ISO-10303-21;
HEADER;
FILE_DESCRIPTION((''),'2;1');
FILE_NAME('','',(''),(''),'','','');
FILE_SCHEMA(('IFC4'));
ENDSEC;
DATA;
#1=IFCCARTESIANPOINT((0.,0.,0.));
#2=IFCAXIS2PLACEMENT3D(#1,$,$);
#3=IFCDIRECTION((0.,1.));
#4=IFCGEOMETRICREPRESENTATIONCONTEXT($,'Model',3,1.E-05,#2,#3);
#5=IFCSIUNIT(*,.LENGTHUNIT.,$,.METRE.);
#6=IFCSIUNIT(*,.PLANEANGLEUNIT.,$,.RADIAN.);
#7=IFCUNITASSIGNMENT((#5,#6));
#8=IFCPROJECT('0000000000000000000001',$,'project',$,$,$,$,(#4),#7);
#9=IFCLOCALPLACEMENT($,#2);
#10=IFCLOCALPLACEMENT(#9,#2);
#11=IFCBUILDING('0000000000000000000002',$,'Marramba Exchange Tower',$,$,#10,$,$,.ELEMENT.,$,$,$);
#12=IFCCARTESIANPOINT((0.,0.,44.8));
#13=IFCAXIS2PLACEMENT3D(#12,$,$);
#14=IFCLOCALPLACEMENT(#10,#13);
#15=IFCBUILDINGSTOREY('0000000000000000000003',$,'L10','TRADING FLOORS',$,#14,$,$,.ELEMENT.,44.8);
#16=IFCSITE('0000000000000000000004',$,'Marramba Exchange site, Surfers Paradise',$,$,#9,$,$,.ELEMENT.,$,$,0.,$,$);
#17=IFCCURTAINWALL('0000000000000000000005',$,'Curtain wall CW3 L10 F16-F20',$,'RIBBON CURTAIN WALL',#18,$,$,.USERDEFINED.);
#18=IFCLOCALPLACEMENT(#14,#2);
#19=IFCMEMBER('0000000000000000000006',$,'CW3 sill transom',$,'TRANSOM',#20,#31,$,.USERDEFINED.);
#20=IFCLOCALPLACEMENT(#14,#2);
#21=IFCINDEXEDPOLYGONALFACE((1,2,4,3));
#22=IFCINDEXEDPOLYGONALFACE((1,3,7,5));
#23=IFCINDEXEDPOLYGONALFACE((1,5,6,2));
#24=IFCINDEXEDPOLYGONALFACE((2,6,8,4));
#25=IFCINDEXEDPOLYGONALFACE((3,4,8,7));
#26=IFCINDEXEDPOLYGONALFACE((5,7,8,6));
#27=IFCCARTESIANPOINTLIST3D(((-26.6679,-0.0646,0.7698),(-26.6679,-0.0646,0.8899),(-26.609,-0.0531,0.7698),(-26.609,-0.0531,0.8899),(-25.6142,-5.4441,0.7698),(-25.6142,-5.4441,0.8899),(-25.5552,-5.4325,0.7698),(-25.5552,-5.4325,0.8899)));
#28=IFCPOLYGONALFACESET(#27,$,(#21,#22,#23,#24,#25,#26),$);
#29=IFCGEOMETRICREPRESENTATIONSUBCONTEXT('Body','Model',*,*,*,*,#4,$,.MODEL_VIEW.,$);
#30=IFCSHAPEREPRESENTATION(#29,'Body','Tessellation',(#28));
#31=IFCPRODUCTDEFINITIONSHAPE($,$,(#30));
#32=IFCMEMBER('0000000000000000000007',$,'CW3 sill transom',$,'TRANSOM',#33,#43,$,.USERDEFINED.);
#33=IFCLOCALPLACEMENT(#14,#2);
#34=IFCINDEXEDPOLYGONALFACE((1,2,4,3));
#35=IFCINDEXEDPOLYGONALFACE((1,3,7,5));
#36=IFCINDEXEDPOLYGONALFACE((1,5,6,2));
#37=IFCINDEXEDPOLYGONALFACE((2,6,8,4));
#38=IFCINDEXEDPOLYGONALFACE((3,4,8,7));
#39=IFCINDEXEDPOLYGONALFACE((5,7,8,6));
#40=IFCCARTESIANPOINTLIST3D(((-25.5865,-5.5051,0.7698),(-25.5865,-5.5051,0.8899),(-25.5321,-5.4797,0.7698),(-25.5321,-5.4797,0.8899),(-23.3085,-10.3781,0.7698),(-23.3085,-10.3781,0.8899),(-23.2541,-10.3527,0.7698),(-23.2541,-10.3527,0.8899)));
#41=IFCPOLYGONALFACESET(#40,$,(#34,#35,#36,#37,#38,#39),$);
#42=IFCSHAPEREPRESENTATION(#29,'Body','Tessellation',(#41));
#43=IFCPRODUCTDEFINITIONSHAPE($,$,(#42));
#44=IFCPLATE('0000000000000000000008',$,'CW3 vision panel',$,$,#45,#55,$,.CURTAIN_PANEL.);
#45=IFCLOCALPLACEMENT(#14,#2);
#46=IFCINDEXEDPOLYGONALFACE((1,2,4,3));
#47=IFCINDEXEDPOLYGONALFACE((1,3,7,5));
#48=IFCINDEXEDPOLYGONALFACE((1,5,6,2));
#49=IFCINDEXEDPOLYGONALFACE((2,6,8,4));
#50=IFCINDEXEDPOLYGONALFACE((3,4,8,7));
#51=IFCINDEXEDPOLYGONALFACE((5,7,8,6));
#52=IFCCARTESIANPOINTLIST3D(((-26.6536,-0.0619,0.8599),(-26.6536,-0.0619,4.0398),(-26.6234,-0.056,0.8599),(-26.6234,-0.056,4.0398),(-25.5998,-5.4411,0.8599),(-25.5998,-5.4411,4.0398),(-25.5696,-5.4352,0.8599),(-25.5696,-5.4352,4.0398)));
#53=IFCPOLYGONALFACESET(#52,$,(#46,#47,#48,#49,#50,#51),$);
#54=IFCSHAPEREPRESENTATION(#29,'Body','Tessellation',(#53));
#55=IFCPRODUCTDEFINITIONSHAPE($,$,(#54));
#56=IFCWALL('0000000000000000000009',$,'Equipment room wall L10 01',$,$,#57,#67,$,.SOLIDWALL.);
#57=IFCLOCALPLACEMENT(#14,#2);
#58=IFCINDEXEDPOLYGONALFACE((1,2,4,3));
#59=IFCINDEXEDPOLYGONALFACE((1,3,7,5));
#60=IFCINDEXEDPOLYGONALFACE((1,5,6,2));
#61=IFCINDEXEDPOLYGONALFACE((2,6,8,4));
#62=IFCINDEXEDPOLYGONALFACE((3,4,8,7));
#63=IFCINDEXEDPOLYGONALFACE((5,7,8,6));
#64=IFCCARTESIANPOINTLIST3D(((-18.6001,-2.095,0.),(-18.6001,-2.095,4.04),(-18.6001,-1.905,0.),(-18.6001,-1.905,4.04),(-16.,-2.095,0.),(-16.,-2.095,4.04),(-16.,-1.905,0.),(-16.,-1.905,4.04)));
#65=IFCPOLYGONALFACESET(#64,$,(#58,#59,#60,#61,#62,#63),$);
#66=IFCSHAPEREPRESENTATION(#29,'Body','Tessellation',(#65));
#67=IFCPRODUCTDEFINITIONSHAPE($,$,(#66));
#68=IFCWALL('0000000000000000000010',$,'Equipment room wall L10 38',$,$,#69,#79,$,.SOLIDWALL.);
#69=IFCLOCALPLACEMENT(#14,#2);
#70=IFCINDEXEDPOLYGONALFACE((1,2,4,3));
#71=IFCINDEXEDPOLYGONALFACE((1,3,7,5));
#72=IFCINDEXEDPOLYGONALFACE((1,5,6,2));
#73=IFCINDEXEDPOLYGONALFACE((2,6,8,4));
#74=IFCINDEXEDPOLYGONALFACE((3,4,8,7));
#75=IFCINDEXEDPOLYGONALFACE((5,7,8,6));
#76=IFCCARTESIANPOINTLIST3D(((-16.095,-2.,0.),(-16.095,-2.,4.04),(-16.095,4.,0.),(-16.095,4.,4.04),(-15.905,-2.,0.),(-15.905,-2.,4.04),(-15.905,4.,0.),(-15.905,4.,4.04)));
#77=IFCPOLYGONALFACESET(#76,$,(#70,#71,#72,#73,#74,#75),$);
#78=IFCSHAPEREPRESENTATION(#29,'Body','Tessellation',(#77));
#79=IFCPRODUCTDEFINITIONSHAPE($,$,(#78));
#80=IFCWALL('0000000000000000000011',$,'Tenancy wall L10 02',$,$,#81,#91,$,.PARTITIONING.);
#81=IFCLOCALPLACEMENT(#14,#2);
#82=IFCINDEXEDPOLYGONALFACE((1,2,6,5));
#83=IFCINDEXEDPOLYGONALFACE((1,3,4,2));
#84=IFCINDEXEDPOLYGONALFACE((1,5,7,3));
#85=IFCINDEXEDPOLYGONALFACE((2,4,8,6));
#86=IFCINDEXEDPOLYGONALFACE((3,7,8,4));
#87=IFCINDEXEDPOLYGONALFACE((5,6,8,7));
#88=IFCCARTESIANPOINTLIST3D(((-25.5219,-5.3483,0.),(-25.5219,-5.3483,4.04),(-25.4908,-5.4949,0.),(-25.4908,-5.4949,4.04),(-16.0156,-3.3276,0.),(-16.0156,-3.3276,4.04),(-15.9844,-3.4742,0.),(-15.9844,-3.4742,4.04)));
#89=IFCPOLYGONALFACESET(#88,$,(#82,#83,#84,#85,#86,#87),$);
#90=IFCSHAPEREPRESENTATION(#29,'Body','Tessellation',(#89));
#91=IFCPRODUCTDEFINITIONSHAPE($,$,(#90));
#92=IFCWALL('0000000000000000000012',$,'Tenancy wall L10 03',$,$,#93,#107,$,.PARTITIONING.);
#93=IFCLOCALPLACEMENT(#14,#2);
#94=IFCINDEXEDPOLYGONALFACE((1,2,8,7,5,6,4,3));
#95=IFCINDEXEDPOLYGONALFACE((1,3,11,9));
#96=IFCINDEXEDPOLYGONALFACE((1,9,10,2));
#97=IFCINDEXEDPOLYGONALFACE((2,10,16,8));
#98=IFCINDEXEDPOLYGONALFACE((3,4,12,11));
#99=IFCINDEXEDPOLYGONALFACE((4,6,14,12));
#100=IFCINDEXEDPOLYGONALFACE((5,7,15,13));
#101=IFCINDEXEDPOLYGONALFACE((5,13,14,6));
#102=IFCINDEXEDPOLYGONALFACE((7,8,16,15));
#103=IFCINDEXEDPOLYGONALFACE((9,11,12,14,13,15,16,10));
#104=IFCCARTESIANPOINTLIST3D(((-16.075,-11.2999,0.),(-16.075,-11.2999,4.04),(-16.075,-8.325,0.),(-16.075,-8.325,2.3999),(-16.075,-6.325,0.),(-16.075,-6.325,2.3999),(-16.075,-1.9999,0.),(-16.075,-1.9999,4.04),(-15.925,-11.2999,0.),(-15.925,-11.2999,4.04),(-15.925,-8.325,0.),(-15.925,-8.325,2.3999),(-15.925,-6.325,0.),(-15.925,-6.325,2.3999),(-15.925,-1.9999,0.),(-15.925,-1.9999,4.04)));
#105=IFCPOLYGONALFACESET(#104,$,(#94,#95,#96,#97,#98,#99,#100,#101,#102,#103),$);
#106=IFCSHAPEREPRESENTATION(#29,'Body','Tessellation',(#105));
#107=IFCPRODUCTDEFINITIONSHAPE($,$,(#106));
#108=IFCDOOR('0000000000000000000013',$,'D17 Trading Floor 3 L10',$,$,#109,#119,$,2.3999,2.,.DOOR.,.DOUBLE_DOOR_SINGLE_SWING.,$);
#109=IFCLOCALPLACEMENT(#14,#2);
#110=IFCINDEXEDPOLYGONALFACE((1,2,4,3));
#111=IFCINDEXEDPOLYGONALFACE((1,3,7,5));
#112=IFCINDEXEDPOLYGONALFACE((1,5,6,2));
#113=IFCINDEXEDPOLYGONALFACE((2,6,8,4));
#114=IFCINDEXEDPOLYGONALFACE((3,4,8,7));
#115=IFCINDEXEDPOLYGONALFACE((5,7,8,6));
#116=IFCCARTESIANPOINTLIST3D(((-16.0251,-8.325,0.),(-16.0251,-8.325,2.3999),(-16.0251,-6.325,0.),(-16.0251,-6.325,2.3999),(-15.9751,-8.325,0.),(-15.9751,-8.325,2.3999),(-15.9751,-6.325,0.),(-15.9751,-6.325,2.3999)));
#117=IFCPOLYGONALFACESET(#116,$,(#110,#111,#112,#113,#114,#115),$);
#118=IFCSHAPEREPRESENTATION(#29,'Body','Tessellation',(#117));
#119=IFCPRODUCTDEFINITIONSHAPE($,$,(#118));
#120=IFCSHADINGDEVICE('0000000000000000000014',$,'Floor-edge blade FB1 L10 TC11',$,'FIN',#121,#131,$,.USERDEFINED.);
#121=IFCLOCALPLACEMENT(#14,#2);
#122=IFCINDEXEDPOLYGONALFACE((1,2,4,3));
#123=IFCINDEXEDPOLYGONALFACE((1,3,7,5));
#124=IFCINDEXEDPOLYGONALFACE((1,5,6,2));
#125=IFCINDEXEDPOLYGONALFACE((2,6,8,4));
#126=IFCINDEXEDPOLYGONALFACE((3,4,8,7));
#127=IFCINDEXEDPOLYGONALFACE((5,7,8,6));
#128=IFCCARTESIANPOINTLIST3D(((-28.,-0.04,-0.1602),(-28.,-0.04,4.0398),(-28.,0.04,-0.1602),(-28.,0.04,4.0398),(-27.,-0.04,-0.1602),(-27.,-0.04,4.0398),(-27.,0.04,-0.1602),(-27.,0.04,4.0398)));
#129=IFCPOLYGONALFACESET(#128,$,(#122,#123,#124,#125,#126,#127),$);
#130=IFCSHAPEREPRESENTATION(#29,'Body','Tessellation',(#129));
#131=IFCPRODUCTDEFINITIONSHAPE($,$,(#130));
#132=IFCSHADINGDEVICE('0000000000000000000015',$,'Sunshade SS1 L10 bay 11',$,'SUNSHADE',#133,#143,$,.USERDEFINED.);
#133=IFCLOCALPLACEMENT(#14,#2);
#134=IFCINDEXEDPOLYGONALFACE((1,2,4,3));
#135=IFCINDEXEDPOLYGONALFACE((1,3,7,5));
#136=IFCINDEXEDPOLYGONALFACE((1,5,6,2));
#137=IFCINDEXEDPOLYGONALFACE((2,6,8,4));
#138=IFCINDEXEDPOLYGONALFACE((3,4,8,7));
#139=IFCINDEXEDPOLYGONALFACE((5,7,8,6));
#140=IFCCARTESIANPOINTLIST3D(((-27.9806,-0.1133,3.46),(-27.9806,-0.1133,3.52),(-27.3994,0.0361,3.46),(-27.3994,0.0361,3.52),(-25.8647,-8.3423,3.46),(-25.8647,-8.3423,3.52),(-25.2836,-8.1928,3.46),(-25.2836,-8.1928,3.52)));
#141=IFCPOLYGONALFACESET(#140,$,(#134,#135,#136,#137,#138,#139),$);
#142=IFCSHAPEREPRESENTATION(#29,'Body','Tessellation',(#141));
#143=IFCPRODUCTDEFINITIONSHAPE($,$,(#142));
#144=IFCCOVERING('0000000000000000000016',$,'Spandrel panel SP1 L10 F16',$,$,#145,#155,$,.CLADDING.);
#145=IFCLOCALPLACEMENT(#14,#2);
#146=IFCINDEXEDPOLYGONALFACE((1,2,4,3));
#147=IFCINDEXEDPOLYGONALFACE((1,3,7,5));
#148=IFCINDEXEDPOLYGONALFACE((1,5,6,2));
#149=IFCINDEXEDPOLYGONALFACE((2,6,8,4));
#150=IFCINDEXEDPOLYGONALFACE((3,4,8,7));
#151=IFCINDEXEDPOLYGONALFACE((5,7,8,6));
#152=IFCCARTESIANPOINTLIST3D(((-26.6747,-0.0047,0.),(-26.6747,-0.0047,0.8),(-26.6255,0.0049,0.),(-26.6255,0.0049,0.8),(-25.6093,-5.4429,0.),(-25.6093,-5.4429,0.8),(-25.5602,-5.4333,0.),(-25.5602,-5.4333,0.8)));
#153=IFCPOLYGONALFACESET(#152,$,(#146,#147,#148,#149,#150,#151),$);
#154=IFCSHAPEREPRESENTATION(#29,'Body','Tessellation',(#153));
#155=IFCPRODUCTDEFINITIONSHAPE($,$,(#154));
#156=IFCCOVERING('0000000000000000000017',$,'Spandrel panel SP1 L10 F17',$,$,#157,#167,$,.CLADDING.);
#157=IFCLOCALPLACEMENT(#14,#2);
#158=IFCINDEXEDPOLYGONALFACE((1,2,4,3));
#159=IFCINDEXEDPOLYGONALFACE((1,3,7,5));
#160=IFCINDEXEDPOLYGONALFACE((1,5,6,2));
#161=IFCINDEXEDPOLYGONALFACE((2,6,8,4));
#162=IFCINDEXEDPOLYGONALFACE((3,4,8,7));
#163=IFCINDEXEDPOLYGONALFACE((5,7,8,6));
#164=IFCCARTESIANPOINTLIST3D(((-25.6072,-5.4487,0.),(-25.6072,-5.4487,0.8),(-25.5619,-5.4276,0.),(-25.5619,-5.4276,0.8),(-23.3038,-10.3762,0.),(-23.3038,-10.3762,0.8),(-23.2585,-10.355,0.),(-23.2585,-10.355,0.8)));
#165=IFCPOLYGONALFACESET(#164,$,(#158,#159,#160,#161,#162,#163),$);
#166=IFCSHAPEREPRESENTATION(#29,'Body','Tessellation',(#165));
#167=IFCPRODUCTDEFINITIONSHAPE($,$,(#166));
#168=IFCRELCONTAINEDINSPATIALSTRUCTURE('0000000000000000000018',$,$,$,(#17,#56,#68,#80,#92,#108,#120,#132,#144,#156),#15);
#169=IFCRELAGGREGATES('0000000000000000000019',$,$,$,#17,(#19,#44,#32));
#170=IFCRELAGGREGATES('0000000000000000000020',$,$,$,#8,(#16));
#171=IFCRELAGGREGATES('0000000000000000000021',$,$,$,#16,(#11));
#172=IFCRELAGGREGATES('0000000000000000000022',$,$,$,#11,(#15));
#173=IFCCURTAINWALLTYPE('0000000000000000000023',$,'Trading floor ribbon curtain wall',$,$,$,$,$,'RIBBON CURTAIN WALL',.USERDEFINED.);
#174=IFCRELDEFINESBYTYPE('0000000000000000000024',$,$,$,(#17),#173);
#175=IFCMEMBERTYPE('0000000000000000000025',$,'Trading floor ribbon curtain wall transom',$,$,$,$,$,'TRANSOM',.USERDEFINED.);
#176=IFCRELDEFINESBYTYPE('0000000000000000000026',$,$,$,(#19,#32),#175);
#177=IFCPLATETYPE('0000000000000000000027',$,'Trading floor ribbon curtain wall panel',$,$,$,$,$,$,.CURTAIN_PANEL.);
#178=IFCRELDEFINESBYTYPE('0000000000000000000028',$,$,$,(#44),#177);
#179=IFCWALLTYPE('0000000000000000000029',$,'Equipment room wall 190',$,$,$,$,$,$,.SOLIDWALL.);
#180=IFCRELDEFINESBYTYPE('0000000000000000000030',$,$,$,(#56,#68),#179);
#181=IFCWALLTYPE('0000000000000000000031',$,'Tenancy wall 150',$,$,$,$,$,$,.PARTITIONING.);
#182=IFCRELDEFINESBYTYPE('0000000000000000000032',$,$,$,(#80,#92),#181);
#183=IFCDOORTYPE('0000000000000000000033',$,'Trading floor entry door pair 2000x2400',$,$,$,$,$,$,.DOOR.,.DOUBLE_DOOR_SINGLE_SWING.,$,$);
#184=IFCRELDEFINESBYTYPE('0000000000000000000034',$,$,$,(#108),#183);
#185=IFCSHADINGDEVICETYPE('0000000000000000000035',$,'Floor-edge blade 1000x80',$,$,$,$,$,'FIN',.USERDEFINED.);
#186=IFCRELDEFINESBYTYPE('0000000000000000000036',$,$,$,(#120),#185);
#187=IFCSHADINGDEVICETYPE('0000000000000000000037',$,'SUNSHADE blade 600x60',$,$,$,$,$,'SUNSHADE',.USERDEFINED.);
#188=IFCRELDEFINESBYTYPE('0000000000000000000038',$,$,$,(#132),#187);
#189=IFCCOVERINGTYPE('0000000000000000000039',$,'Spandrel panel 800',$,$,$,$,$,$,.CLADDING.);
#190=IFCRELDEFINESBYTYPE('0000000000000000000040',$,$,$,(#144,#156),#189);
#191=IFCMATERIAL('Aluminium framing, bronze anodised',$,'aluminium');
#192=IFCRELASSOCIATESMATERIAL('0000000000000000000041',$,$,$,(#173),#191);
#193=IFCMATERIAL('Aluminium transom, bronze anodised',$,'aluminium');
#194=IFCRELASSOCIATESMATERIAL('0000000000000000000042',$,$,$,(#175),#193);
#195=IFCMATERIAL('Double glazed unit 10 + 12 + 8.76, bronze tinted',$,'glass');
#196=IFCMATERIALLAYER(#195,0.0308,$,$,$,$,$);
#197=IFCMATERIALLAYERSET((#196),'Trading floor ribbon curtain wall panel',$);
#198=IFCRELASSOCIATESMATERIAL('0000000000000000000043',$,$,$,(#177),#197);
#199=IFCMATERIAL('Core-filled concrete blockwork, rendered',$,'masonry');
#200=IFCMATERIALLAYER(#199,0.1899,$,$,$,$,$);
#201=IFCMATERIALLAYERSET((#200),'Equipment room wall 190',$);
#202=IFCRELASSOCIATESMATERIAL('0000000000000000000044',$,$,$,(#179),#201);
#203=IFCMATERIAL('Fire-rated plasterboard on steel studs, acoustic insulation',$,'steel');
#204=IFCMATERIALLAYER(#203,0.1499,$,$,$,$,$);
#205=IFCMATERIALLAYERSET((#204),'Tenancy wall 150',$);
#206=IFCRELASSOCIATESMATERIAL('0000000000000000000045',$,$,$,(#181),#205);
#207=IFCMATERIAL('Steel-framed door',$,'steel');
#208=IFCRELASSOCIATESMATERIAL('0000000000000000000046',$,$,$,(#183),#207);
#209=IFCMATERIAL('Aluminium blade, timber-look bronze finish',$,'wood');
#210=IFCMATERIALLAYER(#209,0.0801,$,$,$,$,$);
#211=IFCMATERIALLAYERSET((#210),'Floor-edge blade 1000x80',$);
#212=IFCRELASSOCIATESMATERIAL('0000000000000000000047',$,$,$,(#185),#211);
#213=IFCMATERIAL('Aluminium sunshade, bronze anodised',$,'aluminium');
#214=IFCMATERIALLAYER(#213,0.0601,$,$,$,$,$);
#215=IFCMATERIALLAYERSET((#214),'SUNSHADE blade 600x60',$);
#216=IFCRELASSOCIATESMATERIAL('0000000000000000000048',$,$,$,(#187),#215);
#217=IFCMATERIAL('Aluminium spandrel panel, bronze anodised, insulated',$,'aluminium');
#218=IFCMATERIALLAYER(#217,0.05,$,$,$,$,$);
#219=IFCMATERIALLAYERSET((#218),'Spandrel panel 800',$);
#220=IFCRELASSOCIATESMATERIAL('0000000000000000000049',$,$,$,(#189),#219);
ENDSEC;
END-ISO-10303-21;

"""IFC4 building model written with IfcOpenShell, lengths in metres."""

from ifc_helpers import new_model, si_unit, direction, frame, frame_2d, origin, origin_2d, place, context, subcontext, project, spatial, rectangle, extrude, material, layer, layer_set, material_profile, profile_set, type_object, element, fill, aggregate, save


model = new_model("IFC4")

# Units and contexts
model_context = context("Model", 3, precision=1e-05, world=origin(), true_north=direction((0.0, 1.0)))
body_context = subcontext(model_context, "Body", "Model", "MODEL_VIEW")
ifc_project = project(units=[si_unit("LENGTHUNIT", "METRE"), si_unit("PLANEANGLEUNIT", "RADIAN")], contexts=[model_context])

# Site, building, storey
site_placement = place(None, origin())
site = spatial("IfcSite", under=ifc_project, at=site_placement, Name="Marramba Exchange site, Surfers Paradise", CompositionType="ELEMENT", RefElevation=0.0)
building_placement = place(site_placement, origin())
building = spatial("IfcBuilding", under=site, at=building_placement, Name="Marramba Exchange Tower", CompositionType="ELEMENT")
storey_placement = place(building_placement, frame((0.0, 0.0, 44.8)))
storey = spatial("IfcBuildingStorey", under=building, at=storey_placement, Name="L10", Description="TRADING FLOORS", CompositionType="ELEMENT", Elevation=44.8)

# Curtain wall, members, plate
ifc_material_1 = material(Name="Aluminium framing, bronze anodised", Category="aluminium")
curtain_wall_type = type_object("IfcCurtainWallType", Name="Trading floor ribbon curtain wall", ElementType="RIBBON CURTAIN WALL", PredefinedType="USERDEFINED", material=ifc_material_1)
curtain_wall_placement = place(storey_placement, origin())
curtain_wall = element("IfcCurtainWall", 1, at=curtain_wall_placement, inside=storey, type_object=curtain_wall_type, Name="Curtain wall CW3 L10 F16-F20", ObjectType="RIBBON CURTAIN WALL", PredefinedType="USERDEFINED")
ifc_material_2 = material(Name="Aluminium transom, bronze anodised", Category="aluminium")
ifc_material_profile_1 = material_profile(ifc_material_2, rectangle(XDim=0.0601, YDim=0.1201, at=origin_2d()), Name="CW3 transom 60x120")
ifc_profile_set_1 = profile_set([ifc_material_profile_1], Name="Aluminium transom, bronze anodised")
member_type_1 = type_object("IfcMemberType", Name="Trading floor ribbon curtain wall transom", ElementType="TRANSOM", PredefinedType="USERDEFINED", material=ifc_profile_set_1)
member_1_placement = place(storey_placement, frame((-26.6384, -0.0588, 0.8298), z_axis=(0.192226, -0.981351, 0.0), x_axis=(0.981351, 0.192226, 0.0)))
member_1 = element("IfcMember", 2, at=member_1_placement, type_object=member_type_1, Name="CW3 sill transom", ObjectType="TRANSOM", PredefinedType="USERDEFINED", context=body_context, shape_type="SweptSolid", body=[
    extrude(rectangle(XDim=0.0601, YDim=0.1201, at=origin_2d()), origin(), (0.0, 0.0, 1.0), 5.4817),
])
member_2_placement = place(storey_placement, frame((-25.5593, -5.4924, 0.8298), z_axis=(0.423494, -0.905899, 0.0), x_axis=(0.905899, 0.423494, 0.0)))
member_2 = element("IfcMember", 3, at=member_2_placement, type_object=member_type_1, Name="CW3 sill transom", ObjectType="TRANSOM", PredefinedType="USERDEFINED", context=body_context, shape_type="SweptSolid", body=[
    extrude(rectangle(XDim=0.0601, YDim=0.1201, at=origin_2d()), origin(), (0.0, 0.0, 1.0), 5.3792),
])
ifc_material_3 = material(Name="Double glazed unit 10 + 12 + 8.76, bronze tinted", Category="glass")
ifc_layer_1 = layer(ifc_material_3, 0.0308)
ifc_layer_set_1 = layer_set([ifc_layer_1], Name="Trading floor ribbon curtain wall panel")
plate_type = type_object("IfcPlateType", Name="Trading floor ribbon curtain wall panel", PredefinedType="CURTAIN_PANEL", material=ifc_layer_set_1)
plate_placement = place(storey_placement, frame((-26.1116, -2.7485, 0.8599), z_axis=(0.0, 0.0, 1.0), x_axis=(0.192249, -0.981346, 0.0)))
plate = element("IfcPlate", 4, at=plate_placement, type_object=plate_type, Name="CW3 vision panel", PredefinedType="CURTAIN_PANEL", context=body_context, shape_type="SweptSolid", body=[
    extrude(rectangle(XDim=5.4814, YDim=0.0308, at=origin_2d()), origin(), (0.0, 0.0, 1.0), 3.1799),
])
aggregate(curtain_wall, [member_1, plate, member_2])

# Walls
ifc_material_4 = material(Name="Core-filled concrete blockwork, rendered", Category="masonry")
ifc_layer_2 = layer(ifc_material_4, 0.1899)
ifc_layer_set_2 = layer_set([ifc_layer_2], Name="Equipment room wall 190")
wall_type_1 = type_object("IfcWallType", Name="Equipment room wall 190", PredefinedType="SOLIDWALL", material=ifc_layer_set_2)
wall_1_placement = place(storey_placement, frame((-18.6001, -2.0, 0.0), z_axis=(0.0, 0.0, 1.0), x_axis=(1.0, 0.0, 0.0)))
element("IfcWall", 5, at=wall_1_placement, inside=storey, type_object=wall_type_1, Name="Equipment room wall L10 01", PredefinedType="SOLIDWALL", context=body_context, shape_type="SweptSolid", body=[
    extrude(rectangle(XDim=2.6001, YDim=0.1899, at=frame_2d((1.3, 0.0))), origin(), (0.0, 0.0, 1.0), 4.04),
])
wall_2_placement = place(storey_placement, frame((-16.0, -2.0, 0.0), z_axis=(0.0, 0.0, 1.0), x_axis=(0.0, 1.0, 0.0)))
element("IfcWall", 6, at=wall_2_placement, inside=storey, type_object=wall_type_1, Name="Equipment room wall L10 38", PredefinedType="SOLIDWALL", context=body_context, shape_type="SweptSolid", body=[
    extrude(rectangle(XDim=6.0, YDim=0.1899, at=frame_2d((3.0, 0.0))), origin(), (0.0, 0.0, 1.0), 4.04),
])
ifc_material_5 = material(Name="Fire-rated plasterboard on steel studs, acoustic insulation", Category="steel")
ifc_layer_3 = layer(ifc_material_5, 0.1499)
ifc_layer_set_3 = layer_set([ifc_layer_3], Name="Tenancy wall 150")
wall_type_2 = type_object("IfcWallType", Name="Tenancy wall 150", PredefinedType="PARTITIONING", material=ifc_layer_set_3)
wall_3_placement = place(storey_placement, frame((-16.0, -3.4009, 0.0), z_axis=(0.0, 0.0, 1.0), x_axis=(-0.978145, -0.207923, 0.0)))
element("IfcWall", 7, at=wall_3_placement, inside=storey, type_object=wall_type_2, Name="Tenancy wall L10 02", PredefinedType="PARTITIONING", context=body_context, shape_type="SweptSolid", body=[
    extrude(rectangle(XDim=9.7188, YDim=0.1499, at=frame_2d((4.8594, 0.0))), origin(), (0.0, 0.0, 1.0), 4.04),
])

# Wall, opening, door
wall_4_placement = place(storey_placement, frame((-16.0, -2.0, 0.0), z_axis=(0.0, 0.0, 1.0), x_axis=(0.0, -1.0, 0.0)))
wall_4 = element("IfcWall", 8, at=wall_4_placement, inside=storey, type_object=wall_type_2, Name="Tenancy wall L10 03", PredefinedType="PARTITIONING", context=body_context, shape_type="SweptSolid", body=[
    extrude(rectangle(XDim=9.3, YDim=0.1499, at=frame_2d((4.6499, 0.0))), origin(), (0.0, 0.0, 1.0), 4.04),
])
opening_placement = place(wall_4_placement, frame((4.325, 0.0, 0.0)))
opening = element("IfcOpeningElement", 9, at=opening_placement, cuts=wall_4, PredefinedType="OPENING", context=body_context, shape_type="SweptSolid", body=[
    extrude(rectangle(XDim=2.0, YDim=2.3999, at=frame_2d((1.0, 1.2))), frame((0.0, 0.085, 0.0), z_axis=(0.0, -1.0, 0.0), x_axis=(1.0, 0.0, 0.0)), (0.0, 0.0, 1.0), 0.1699),
])
ifc_material_6 = material(Name="Steel-framed door", Category="steel")
door_type = type_object("IfcDoorType", Name="Trading floor entry door pair 2000x2400", OperationType="DOUBLE_DOOR_SINGLE_SWING", PredefinedType="DOOR", material=ifc_material_6)
door_placement = place(opening_placement, origin())
door = element("IfcDoor", 10, at=door_placement, inside=storey, type_object=door_type, Name="D17 Trading Floor 3 L10", OperationType="DOUBLE_DOOR_SINGLE_SWING", OverallHeight=2.3999, OverallWidth=2.0, PredefinedType="DOOR", context=body_context, shape_type="SweptSolid", body=[
    extrude(rectangle(XDim=2.0, YDim=2.3999, at=frame_2d((1.0, 1.2))), frame((0.0, 0.0249, 0.0), z_axis=(0.0, -1.0, 0.0), x_axis=(1.0, 0.0, 0.0)), (0.0, 0.0, 1.0), 0.05),
])
fill(opening, door)

# Shading devices
ifc_material_7 = material(Name="Aluminium blade, timber-look bronze finish", Category="wood")
ifc_layer_4 = layer(ifc_material_7, 0.0801)
ifc_layer_set_4 = layer_set([ifc_layer_4], Name="Floor-edge blade 1000x80")
shading_device_type_1 = type_object("IfcShadingDeviceType", Name="Floor-edge blade 1000x80", ElementType="FIN", PredefinedType="USERDEFINED", material=ifc_layer_set_4)
shading_device_1_placement = place(storey_placement, frame((-27.5, 0.0, -0.1602), z_axis=(0.0, 0.0, 1.0), x_axis=(-1.0, 0.0, 0.0)))
element("IfcShadingDevice", 11, at=shading_device_1_placement, inside=storey, type_object=shading_device_type_1, Name="Floor-edge blade FB1 L10 TC11", ObjectType="FIN", PredefinedType="USERDEFINED", context=body_context, shape_type="SweptSolid", body=[
    extrude(rectangle(XDim=1.0, YDim=0.0801, at=origin_2d()), origin(), (0.0, 0.0, 1.0), 4.2),
])
ifc_material_8 = material(Name="Aluminium sunshade, bronze anodised", Category="aluminium")
ifc_layer_5 = layer(ifc_material_8, 0.0601)
ifc_layer_set_5 = layer_set([ifc_layer_5], Name="SUNSHADE blade 600x60")
shading_device_type_2 = type_object("IfcShadingDeviceType", Name="SUNSHADE blade 600x60", ElementType="SUNSHADE", PredefinedType="USERDEFINED", material=ifc_layer_set_5)
shading_device_2_placement = place(storey_placement, frame((-26.6321, -4.1531, 3.46), z_axis=(0.0, 0.0, 1.0), x_axis=(0.249025, -0.968497, 0.0)))
element("IfcShadingDevice", 12, at=shading_device_2_placement, inside=storey, type_object=shading_device_type_2, Name="Sunshade SS1 L10 bay 11", ObjectType="SUNSHADE", PredefinedType="USERDEFINED", context=body_context, shape_type="SweptSolid", body=[
    extrude(rectangle(XDim=8.4966, YDim=0.6001, at=origin_2d()), origin(), (0.0, 0.0, 1.0), 0.0601),
])

# Coverings
ifc_material_9 = material(Name="Aluminium spandrel panel, bronze anodised, insulated", Category="aluminium")
ifc_layer_6 = layer(ifc_material_9, 0.05)
ifc_layer_set_6 = layer_set([ifc_layer_6], Name="Spandrel panel 800")
covering_type = type_object("IfcCoveringType", Name="Spandrel panel 800", PredefinedType="CLADDING", material=ifc_layer_set_6)
covering_1_placement = place(storey_placement, frame((-26.1174, -2.719, 0.0), z_axis=(0.0, 0.0, 1.0), x_axis=(0.192249, -0.981346, 0.0)))
element("IfcCovering", 13, at=covering_1_placement, inside=storey, type_object=covering_type, Name="Spandrel panel SP1 L10 F16", PredefinedType="CLADDING", context=body_context, shape_type="SweptSolid", body=[
    extrude(rectangle(XDim=5.5415, YDim=0.05, at=origin_2d()), origin(), (0.0, 0.0, 1.0), 0.8),
])
covering_2_placement = place(storey_placement, frame((-24.4329, -7.9019, 0.0), z_axis=(0.0, 0.0, 1.0), x_axis=(0.423477, -0.905907, 0.0)))
element("IfcCovering", 14, at=covering_2_placement, inside=storey, type_object=covering_type, Name="Spandrel panel SP1 L10 F17", PredefinedType="CLADDING", context=body_context, shape_type="SweptSolid", body=[
    extrude(rectangle(XDim=5.4392, YDim=0.05, at=origin_2d()), origin(), (0.0, 0.0, 1.0), 0.8),
])

save(model, "model.ifc")
